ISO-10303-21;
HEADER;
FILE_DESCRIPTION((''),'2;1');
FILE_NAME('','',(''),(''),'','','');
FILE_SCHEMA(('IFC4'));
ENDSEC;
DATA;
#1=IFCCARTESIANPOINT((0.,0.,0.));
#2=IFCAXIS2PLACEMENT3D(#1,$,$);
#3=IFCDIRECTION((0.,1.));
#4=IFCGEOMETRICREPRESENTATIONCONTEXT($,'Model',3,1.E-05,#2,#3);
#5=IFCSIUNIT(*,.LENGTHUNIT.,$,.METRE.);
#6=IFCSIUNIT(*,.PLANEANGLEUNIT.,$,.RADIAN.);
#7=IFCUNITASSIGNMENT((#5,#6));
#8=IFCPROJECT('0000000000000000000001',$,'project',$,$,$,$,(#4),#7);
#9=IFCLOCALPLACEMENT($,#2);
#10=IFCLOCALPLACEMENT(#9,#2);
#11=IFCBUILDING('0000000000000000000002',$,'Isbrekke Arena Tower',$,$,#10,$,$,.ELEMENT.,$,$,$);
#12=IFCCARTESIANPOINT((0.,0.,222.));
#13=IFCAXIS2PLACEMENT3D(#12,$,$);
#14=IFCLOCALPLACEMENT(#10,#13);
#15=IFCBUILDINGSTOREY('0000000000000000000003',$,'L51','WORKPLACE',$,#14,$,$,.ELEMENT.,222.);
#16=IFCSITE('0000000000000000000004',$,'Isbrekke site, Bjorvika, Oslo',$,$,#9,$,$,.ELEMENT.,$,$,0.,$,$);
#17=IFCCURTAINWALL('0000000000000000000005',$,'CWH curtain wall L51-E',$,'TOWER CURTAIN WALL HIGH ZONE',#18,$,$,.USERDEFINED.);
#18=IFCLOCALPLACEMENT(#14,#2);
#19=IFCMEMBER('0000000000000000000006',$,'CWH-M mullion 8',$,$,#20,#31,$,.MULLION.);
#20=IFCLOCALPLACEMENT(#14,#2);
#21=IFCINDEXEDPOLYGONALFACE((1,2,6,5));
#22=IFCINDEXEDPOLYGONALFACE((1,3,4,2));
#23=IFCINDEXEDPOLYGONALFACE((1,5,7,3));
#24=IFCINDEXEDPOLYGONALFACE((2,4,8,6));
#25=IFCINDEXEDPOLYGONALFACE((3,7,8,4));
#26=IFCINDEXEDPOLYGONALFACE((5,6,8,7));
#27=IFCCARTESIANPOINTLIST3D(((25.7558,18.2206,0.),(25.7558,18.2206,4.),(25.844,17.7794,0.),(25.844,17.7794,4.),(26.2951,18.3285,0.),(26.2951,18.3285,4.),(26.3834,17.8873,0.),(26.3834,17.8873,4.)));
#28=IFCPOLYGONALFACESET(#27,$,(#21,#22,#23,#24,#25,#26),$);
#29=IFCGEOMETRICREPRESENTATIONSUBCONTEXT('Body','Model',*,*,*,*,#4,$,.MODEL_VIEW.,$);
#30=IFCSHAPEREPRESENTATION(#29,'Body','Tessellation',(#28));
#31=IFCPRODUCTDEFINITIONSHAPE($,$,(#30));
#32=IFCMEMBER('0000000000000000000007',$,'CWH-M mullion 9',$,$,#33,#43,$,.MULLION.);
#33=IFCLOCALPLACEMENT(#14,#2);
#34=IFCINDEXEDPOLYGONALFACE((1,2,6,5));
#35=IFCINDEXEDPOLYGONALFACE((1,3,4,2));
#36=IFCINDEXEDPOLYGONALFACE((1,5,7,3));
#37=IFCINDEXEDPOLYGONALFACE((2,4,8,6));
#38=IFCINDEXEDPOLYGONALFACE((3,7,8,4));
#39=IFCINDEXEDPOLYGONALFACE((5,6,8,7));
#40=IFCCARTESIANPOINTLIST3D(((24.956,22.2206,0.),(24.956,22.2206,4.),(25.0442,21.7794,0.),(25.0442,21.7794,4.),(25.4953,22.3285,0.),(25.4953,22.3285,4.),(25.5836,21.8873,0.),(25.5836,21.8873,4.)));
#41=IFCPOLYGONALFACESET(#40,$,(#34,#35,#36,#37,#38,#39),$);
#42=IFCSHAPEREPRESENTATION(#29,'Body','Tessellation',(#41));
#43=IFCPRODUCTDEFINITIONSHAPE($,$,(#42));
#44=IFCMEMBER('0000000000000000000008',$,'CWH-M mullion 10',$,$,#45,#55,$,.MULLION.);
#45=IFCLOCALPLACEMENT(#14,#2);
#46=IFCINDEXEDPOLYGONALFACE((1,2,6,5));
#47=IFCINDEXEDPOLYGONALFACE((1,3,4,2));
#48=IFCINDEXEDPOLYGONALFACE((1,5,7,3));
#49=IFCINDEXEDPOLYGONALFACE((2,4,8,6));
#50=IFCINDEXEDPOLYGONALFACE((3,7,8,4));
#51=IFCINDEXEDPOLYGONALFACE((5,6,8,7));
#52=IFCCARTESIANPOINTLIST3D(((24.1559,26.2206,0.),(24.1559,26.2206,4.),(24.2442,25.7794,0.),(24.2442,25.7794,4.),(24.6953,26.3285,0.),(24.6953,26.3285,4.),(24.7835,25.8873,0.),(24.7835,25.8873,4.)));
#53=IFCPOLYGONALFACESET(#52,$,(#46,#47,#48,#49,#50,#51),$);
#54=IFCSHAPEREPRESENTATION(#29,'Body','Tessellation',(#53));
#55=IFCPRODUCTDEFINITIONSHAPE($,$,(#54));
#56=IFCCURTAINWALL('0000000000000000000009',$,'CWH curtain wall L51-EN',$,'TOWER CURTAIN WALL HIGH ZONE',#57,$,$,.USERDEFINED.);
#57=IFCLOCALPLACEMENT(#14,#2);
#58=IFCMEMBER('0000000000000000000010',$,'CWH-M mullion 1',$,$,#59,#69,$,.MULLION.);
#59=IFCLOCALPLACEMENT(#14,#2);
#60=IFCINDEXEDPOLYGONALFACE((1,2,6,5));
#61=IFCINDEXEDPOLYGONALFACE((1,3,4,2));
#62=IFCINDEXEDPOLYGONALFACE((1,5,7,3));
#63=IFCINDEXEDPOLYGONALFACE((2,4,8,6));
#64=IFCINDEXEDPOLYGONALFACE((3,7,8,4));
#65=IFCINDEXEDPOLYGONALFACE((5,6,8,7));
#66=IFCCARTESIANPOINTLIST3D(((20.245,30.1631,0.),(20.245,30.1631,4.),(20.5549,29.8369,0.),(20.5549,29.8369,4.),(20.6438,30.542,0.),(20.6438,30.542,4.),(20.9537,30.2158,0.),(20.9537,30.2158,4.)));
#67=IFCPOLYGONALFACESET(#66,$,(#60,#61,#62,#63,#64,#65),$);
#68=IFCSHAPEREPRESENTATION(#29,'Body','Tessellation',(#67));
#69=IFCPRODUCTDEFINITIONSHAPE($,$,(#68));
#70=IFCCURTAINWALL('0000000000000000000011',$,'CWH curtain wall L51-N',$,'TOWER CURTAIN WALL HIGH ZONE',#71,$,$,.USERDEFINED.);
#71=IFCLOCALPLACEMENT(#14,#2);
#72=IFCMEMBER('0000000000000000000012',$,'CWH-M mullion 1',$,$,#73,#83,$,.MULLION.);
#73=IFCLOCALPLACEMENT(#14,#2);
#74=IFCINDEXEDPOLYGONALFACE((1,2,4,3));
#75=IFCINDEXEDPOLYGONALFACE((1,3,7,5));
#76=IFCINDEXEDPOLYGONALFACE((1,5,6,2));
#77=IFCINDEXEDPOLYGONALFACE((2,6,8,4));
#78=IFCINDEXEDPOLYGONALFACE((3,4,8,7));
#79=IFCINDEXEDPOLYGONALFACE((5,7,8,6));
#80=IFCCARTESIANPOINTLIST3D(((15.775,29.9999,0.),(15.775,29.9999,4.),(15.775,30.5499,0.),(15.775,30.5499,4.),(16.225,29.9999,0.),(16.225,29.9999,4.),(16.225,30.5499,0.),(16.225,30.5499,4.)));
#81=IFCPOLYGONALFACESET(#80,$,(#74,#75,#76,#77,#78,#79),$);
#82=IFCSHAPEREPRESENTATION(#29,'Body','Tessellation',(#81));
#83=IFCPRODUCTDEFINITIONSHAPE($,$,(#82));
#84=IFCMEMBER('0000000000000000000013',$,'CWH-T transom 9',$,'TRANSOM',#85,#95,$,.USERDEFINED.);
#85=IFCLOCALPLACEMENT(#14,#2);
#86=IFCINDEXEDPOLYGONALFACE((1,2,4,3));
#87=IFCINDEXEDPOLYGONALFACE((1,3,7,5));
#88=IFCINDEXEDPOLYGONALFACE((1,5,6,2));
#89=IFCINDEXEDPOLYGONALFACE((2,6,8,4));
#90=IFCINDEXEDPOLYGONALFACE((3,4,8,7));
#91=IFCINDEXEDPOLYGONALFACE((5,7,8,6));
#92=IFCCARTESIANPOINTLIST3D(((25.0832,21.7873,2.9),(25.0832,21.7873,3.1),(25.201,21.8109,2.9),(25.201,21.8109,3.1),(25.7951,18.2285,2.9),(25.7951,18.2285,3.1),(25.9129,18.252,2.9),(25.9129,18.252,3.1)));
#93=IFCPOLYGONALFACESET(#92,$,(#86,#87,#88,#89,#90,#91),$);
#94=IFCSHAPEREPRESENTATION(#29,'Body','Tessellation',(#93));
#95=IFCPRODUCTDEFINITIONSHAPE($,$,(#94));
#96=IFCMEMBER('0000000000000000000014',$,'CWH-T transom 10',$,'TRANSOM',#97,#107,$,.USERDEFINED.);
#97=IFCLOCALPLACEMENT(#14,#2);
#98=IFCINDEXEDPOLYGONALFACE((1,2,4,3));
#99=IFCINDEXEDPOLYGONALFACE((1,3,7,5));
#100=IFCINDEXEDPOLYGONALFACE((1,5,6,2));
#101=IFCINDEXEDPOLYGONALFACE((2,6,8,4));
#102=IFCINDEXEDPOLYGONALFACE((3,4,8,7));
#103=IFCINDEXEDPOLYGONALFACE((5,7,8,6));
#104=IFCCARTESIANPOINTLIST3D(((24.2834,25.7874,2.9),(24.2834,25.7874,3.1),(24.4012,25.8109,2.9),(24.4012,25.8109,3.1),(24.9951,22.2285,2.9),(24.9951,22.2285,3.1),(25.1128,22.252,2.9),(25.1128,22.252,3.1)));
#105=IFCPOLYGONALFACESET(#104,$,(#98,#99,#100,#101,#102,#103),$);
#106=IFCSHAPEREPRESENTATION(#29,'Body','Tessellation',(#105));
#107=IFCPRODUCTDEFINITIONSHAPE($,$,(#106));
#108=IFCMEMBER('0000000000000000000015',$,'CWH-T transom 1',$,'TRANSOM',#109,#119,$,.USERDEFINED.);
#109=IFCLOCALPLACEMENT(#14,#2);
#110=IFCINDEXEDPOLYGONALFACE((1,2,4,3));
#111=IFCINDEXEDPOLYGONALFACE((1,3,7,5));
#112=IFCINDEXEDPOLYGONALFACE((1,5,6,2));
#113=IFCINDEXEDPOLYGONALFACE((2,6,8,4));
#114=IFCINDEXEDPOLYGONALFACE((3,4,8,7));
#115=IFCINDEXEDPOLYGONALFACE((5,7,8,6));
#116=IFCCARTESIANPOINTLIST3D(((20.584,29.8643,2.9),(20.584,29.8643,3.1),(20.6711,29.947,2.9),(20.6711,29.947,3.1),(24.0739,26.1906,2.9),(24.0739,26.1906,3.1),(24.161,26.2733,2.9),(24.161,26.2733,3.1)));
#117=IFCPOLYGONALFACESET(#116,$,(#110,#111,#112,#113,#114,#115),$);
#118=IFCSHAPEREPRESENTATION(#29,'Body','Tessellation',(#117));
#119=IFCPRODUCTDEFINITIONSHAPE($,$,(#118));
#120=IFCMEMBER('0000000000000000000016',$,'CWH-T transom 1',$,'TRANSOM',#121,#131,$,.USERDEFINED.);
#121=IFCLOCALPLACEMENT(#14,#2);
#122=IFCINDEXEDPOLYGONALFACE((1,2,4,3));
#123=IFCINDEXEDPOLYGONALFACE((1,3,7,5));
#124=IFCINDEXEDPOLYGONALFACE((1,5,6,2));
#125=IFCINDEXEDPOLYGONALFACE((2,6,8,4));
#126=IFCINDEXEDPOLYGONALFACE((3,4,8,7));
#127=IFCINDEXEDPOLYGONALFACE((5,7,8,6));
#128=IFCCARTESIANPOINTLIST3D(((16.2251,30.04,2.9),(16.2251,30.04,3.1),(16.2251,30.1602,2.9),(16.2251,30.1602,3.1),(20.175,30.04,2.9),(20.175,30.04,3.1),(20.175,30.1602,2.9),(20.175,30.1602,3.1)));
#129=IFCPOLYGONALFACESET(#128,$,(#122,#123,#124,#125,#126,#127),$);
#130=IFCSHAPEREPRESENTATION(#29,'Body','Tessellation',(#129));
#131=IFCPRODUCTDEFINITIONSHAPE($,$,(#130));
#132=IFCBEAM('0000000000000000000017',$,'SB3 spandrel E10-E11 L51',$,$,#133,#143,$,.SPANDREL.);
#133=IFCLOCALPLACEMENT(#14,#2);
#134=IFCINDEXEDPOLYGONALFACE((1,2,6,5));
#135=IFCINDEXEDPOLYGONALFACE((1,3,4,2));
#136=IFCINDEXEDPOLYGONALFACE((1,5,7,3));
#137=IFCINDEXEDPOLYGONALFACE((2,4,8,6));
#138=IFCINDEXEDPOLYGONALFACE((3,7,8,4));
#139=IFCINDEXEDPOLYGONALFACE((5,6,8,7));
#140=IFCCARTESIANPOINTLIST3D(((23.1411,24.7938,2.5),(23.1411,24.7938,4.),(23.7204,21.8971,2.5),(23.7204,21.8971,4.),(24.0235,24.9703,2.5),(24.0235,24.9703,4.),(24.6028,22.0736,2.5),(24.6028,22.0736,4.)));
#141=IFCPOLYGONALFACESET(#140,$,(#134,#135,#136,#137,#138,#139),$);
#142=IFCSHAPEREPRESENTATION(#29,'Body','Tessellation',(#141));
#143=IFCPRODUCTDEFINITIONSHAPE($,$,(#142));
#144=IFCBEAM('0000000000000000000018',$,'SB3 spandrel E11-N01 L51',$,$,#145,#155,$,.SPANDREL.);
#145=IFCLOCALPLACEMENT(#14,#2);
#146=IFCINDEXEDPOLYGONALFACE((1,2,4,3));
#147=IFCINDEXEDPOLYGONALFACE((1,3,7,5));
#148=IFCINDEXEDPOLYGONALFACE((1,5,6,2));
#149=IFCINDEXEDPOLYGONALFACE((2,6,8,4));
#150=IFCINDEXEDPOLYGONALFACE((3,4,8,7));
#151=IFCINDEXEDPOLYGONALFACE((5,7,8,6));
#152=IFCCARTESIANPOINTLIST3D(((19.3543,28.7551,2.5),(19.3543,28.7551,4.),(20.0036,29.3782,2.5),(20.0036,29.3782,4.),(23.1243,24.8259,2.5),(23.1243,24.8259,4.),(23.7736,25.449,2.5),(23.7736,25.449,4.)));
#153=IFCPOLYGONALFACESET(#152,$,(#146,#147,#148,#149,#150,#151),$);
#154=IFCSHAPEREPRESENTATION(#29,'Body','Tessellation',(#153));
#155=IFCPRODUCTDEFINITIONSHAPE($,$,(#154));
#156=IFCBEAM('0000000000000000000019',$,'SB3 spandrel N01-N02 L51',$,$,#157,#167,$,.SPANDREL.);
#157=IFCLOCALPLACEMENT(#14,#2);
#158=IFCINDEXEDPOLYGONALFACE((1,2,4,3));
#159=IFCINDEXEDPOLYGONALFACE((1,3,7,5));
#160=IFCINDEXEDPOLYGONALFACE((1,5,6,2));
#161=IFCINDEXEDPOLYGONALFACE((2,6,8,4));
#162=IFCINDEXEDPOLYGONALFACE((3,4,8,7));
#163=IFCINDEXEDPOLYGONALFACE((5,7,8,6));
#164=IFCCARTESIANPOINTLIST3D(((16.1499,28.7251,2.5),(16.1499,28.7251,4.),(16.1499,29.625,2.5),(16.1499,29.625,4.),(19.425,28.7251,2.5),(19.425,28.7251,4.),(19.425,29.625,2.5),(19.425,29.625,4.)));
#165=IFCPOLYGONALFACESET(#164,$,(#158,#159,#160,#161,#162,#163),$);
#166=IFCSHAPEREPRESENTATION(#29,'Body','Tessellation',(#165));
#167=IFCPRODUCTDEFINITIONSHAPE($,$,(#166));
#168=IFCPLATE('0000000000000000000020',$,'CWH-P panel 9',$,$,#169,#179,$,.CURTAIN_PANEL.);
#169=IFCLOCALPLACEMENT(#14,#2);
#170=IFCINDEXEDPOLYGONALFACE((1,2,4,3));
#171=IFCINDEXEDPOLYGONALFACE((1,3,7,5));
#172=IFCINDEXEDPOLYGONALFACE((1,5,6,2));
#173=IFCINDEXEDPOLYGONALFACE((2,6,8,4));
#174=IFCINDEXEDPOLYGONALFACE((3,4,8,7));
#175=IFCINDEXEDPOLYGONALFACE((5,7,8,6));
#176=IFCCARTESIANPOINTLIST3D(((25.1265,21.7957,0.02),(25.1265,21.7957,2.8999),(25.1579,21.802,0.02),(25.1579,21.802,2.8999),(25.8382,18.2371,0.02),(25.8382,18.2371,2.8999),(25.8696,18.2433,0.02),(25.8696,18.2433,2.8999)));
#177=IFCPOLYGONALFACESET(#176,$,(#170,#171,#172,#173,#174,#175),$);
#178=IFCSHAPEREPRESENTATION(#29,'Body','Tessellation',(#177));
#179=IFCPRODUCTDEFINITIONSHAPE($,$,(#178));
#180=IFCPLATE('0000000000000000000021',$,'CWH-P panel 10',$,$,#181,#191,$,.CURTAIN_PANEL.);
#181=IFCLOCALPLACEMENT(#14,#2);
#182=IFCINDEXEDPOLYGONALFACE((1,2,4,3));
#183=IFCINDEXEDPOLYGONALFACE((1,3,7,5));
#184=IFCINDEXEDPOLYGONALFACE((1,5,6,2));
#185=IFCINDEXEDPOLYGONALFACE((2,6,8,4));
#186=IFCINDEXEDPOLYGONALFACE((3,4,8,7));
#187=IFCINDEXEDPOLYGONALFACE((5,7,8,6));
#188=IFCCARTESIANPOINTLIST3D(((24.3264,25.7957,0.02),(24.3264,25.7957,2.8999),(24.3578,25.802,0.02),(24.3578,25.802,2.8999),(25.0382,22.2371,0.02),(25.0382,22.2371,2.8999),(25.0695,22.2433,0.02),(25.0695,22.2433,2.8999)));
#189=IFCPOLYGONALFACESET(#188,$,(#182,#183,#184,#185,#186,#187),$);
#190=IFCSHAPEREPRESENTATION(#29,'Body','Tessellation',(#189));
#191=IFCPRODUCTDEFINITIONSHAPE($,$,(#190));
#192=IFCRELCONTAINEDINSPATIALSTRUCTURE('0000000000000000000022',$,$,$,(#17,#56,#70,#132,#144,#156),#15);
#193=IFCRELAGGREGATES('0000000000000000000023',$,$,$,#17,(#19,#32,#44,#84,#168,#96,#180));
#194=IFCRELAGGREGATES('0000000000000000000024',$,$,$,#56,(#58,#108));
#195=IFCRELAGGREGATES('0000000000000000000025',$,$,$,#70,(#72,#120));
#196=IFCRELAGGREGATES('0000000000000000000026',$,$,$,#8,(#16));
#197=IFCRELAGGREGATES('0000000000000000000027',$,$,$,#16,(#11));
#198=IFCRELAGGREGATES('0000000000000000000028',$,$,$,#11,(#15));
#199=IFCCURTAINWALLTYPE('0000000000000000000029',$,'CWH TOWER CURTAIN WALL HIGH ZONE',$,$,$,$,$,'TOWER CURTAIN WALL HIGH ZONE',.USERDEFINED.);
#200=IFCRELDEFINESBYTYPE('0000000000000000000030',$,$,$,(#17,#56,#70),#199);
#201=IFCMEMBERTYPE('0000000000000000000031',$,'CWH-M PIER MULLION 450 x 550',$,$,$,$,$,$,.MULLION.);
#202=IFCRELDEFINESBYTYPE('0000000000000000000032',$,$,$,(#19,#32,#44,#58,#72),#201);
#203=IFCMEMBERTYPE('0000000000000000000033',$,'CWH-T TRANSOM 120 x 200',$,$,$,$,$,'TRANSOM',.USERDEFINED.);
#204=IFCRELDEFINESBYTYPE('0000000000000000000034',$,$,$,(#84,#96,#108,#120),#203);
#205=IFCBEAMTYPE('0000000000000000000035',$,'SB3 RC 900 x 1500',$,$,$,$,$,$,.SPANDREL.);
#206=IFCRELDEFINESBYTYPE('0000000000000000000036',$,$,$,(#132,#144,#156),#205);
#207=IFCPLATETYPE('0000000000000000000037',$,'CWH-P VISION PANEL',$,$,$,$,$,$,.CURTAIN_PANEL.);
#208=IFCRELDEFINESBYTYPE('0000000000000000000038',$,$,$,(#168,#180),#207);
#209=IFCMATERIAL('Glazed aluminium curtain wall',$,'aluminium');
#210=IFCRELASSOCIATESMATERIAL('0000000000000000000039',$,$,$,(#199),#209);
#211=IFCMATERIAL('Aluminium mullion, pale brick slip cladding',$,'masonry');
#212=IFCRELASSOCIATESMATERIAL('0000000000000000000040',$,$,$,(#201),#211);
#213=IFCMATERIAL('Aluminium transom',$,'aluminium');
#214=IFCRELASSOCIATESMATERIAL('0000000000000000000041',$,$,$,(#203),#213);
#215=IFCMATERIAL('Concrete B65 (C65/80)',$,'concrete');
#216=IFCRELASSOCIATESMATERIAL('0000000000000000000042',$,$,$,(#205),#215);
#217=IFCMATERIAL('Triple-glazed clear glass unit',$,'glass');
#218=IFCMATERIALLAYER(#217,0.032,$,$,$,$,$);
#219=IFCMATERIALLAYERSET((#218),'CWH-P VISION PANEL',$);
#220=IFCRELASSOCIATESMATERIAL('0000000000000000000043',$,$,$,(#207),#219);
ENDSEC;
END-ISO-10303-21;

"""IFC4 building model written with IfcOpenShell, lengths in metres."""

from ifc_helpers import new_model, si_unit, direction, frame, origin, origin_2d, place, context, subcontext, project, spatial, rectangle, extrude, material, layer, layer_set, material_profile, profile_set, type_object, element, aggregate, save


model = new_model("IFC4")

# Units and contexts
model_context = context("Model", 3, precision=1e-05, world=origin(), true_north=direction((0.0, 1.0)))
body_context = subcontext(model_context, "Body", "Model", "MODEL_VIEW")
ifc_project = project(units=[si_unit("LENGTHUNIT", "METRE"), si_unit("PLANEANGLEUNIT", "RADIAN")], contexts=[model_context])

# Site, building, storey
site_placement = place(None, origin())
site = spatial("IfcSite", under=ifc_project, at=site_placement, Name="Isbrekke site, Bjorvika, Oslo", CompositionType="ELEMENT", RefElevation=0.0)
building_placement = place(site_placement, origin())
building = spatial("IfcBuilding", under=site, at=building_placement, Name="Isbrekke Arena Tower", CompositionType="ELEMENT")
storey_placement = place(building_placement, frame((0.0, 0.0, 222.0)))
storey = spatial("IfcBuildingStorey", under=building, at=storey_placement, Name="L51", Description="WORKPLACE", CompositionType="ELEMENT", Elevation=222.0)

# Curtain wall, members
ifc_material_1 = material(Name="Glazed aluminium curtain wall", Category="aluminium")
curtain_wall_type = type_object("IfcCurtainWallType", Name="CWH TOWER CURTAIN WALL HIGH ZONE", ElementType="TOWER CURTAIN WALL HIGH ZONE", PredefinedType="USERDEFINED", material=ifc_material_1)
curtain_wall_1_placement = place(storey_placement, origin())
curtain_wall_1 = element("IfcCurtainWall", 1, at=curtain_wall_1_placement, inside=storey, type_object=curtain_wall_type, Name="CWH curtain wall L51-E", ObjectType="TOWER CURTAIN WALL HIGH ZONE", PredefinedType="USERDEFINED")
ifc_material_2 = material(Name="Aluminium mullion, pale brick slip cladding", Category="masonry")
ifc_material_profile_1 = material_profile(ifc_material_2, rectangle(XDim=0.45, YDim=0.55, at=origin_2d()), Name="PIER 450X550")
ifc_profile_set_1 = profile_set([ifc_material_profile_1], Name="Aluminium mullion, pale brick slip cladding")
member_type_1 = type_object("IfcMemberType", Name="CWH-M PIER MULLION 450 x 550", PredefinedType="MULLION", material=ifc_profile_set_1)
member_1_placement = place(storey_placement, frame((26.0696, 18.054, 0.0), z_axis=(0.0, 0.0, 1.0), x_axis=(-0.196116, 0.980581, 0.0)))
member_1 = element("IfcMember", 2, at=member_1_placement, type_object=member_type_1, Name="CWH-M mullion 8", PredefinedType="MULLION", context=body_context, shape_type="SweptSolid", body=[
    extrude(rectangle(XDim=0.45, YDim=0.55, at=origin_2d()), origin(), (0.0, 0.0, 1.0), 4.0),
])
member_2_placement = place(storey_placement, frame((25.2698, 22.054, 0.0), z_axis=(0.0, 0.0, 1.0), x_axis=(-0.196116, 0.980581, 0.0)))
member_2 = element("IfcMember", 3, at=member_2_placement, type_object=member_type_1, Name="CWH-M mullion 9", PredefinedType="MULLION", context=body_context, shape_type="SweptSolid", body=[
    extrude(rectangle(XDim=0.45, YDim=0.55, at=origin_2d()), origin(), (0.0, 0.0, 1.0), 4.0),
])
member_3_placement = place(storey_placement, frame((24.4697, 26.054, 0.0), z_axis=(0.0, 0.0, 1.0), x_axis=(-0.196116, 0.980581, 0.0)))
member_3 = element("IfcMember", 4, at=member_3_placement, type_object=member_type_1, Name="CWH-M mullion 10", PredefinedType="MULLION", context=body_context, shape_type="SweptSolid", body=[
    extrude(rectangle(XDim=0.45, YDim=0.55, at=origin_2d()), origin(), (0.0, 0.0, 1.0), 4.0),
])

# Curtain walls, members
curtain_wall_2_placement = place(storey_placement, origin())
curtain_wall_2 = element("IfcCurtainWall", 5, at=curtain_wall_2_placement, inside=storey, type_object=curtain_wall_type, Name="CWH curtain wall L51-EN", ObjectType="TOWER CURTAIN WALL HIGH ZONE", PredefinedType="USERDEFINED")
member_4_placement = place(storey_placement, frame((20.5994, 30.1895, 0.0), z_axis=(0.0, 0.0, 1.0), x_axis=(-0.688749, 0.724999, 0.0)))
member_4 = element("IfcMember", 6, at=member_4_placement, type_object=member_type_1, Name="CWH-M mullion 1", PredefinedType="MULLION", context=body_context, shape_type="SweptSolid", body=[
    extrude(rectangle(XDim=0.45, YDim=0.55, at=origin_2d()), origin(), (0.0, 0.0, 1.0), 4.0),
])
curtain_wall_3_placement = place(storey_placement, origin())
curtain_wall_3 = element("IfcCurtainWall", 7, at=curtain_wall_3_placement, inside=storey, type_object=curtain_wall_type, Name="CWH curtain wall L51-N", ObjectType="TOWER CURTAIN WALL HIGH ZONE", PredefinedType="USERDEFINED")
member_5_placement = place(storey_placement, frame((16.0, 30.2749, 0.0), z_axis=(0.0, 0.0, 1.0), x_axis=(-1.0, 0.0, 0.0)))
member_5 = element("IfcMember", 8, at=member_5_placement, type_object=member_type_1, Name="CWH-M mullion 1", PredefinedType="MULLION", context=body_context, shape_type="SweptSolid", body=[
    extrude(rectangle(XDim=0.45, YDim=0.55, at=origin_2d()), origin(), (0.0, 0.0, 1.0), 4.0),
])

# Members
ifc_material_3 = material(Name="Aluminium transom", Category="aluminium")
ifc_material_profile_2 = material_profile(ifc_material_3, rectangle(XDim=0.1201, YDim=0.2, at=origin_2d()), Name="TRANSOM 120X200")
ifc_profile_set_2 = profile_set([ifc_material_profile_2], Name="Aluminium transom")
member_type_2 = type_object("IfcMemberType", Name="CWH-T TRANSOM 120 x 200", ElementType="TRANSOM", PredefinedType="USERDEFINED", material=ifc_profile_set_2)
member_6_placement = place(storey_placement, frame((25.854, 18.2402, 3.0), z_axis=(-0.196155, 0.980573, 0.0), x_axis=(-0.980573, -0.196155, 0.0)))
member_6 = element("IfcMember", 9, at=member_6_placement, type_object=member_type_2, Name="CWH-T transom 9", ObjectType="TRANSOM", PredefinedType="USERDEFINED", context=body_context, shape_type="SweptSolid", body=[
    extrude(rectangle(XDim=0.1201, YDim=0.2, at=origin_2d()), origin(), (0.0, 0.0, 1.0), 3.6294),
])
member_7_placement = place(storey_placement, frame((25.054, 22.2402, 3.0), z_axis=(-0.19609, 0.980586, 0.0), x_axis=(-0.980586, -0.19609, 0.0)))
member_7 = element("IfcMember", 10, at=member_7_placement, type_object=member_type_2, Name="CWH-T transom 10", ObjectType="TRANSOM", PredefinedType="USERDEFINED", context=body_context, shape_type="SweptSolid", body=[
    extrude(rectangle(XDim=0.1201, YDim=0.2, at=origin_2d()), origin(), (0.0, 0.0, 1.0), 3.6294),
])
member_8_placement = place(storey_placement, frame((24.1174, 26.2319, 3.0), z_axis=(-0.688734, 0.725014, 0.0), x_axis=(-0.725014, -0.688734, 0.0)))
member_8 = element("IfcMember", 11, at=member_8_placement, type_object=member_type_2, Name="CWH-T transom 1", ObjectType="TRANSOM", PredefinedType="USERDEFINED", context=body_context, shape_type="SweptSolid", body=[
    extrude(rectangle(XDim=0.1201, YDim=0.2, at=origin_2d()), origin(), (0.0, 0.0, 1.0), 5.0671),
])
member_9_placement = place(storey_placement, frame((20.175, 30.1001, 3.0), z_axis=(-1.0, 0.0, 0.0), x_axis=(0.0, -1.0, 0.0)))
member_9 = element("IfcMember", 12, at=member_9_placement, type_object=member_type_2, Name="CWH-T transom 1", ObjectType="TRANSOM", PredefinedType="USERDEFINED", context=body_context, shape_type="SweptSolid", body=[
    extrude(rectangle(XDim=0.1201, YDim=0.2, at=origin_2d()), origin(), (0.0, 0.0, 1.0), 3.95),
])

# Beams
ifc_material_4 = material(Name="Concrete B65 (C65/80)", Category="concrete")
ifc_material_profile_3 = material_profile(ifc_material_4, rectangle(XDim=0.8999, YDim=1.5, at=origin_2d()), Name="RC 900x1500")
ifc_profile_set_3 = profile_set([ifc_material_profile_3], Name="Concrete B65 (C65/80)")
beam_type_1 = type_object("IfcBeamType", Name="SB3 RC 900 x 1500", PredefinedType="SPANDREL", material=ifc_profile_set_3)
beam_1_placement = place(storey_placement, frame((24.1616, 21.9854, 3.25), z_axis=(-0.196116, 0.980581, 0.0), x_axis=(-0.980581, -0.196116, 0.0)))
element("IfcBeam", 13, at=beam_1_placement, inside=storey, type_object=beam_type_1, Name="SB3 spandrel E10-E11 L51", PredefinedType="SPANDREL", context=body_context, shape_type="SweptSolid", body=[
    extrude(rectangle(XDim=0.8999, YDim=1.5, at=origin_2d()), origin(), (0.0, 0.0, 1.0), 2.9541),
])
beam_2_placement = place(storey_placement, frame((23.449, 25.1375, 3.25), z_axis=(-0.69234, 0.721572, 0.0), x_axis=(-0.721572, -0.69234, 0.0)))
element("IfcBeam", 14, at=beam_2_placement, inside=storey, type_object=beam_type_1, Name="SB3 spandrel E11-N01 L51", PredefinedType="SPANDREL", context=body_context, shape_type="SweptSolid", body=[
    extrude(rectangle(XDim=0.8999, YDim=1.5, at=origin_2d()), origin(), (0.0, 0.0, 1.0), 5.4453),
])
beam_3_placement = place(storey_placement, frame((19.425, 29.175, 3.25), z_axis=(-1.0, 0.0, 0.0), x_axis=(0.0, -1.0, 0.0)))
element("IfcBeam", 15, at=beam_3_placement, inside=storey, type_object=beam_type_1, Name="SB3 spandrel N01-N02 L51", PredefinedType="SPANDREL", context=body_context, shape_type="SweptSolid", body=[
    extrude(rectangle(XDim=0.8999, YDim=1.5, at=origin_2d()), origin(), (0.0, 0.0, 1.0), 3.2751),
])

# Plates
ifc_material_5 = material(Name="Triple-glazed clear glass unit", Category="glass")
ifc_layer_1 = layer(ifc_material_5, 0.032)
ifc_layer_set_1 = layer_set([ifc_layer_1], Name="CWH-P VISION PANEL")
plate_type = type_object("IfcPlateType", Name="CWH-P VISION PANEL", PredefinedType="CURTAIN_PANEL", material=ifc_layer_set_1)
plate_1_placement = place(storey_placement, frame((25.498, 20.0195, 0.02), z_axis=(0.0, 0.0, 1.0), x_axis=(-0.196116, 0.980581, 0.0)))
plate_1 = element("IfcPlate", 16, at=plate_1_placement, type_object=plate_type, Name="CWH-P panel 9", PredefinedType="CURTAIN_PANEL", context=body_context, shape_type="SweptSolid", body=[
    extrude(rectangle(XDim=3.6292, YDim=0.032, at=origin_2d()), origin(), (0.0, 0.0, 1.0), 2.8799),
])
plate_2_placement = place(storey_placement, frame((24.698, 24.0195, 0.02), z_axis=(0.0, 0.0, 1.0), x_axis=(-0.196116, 0.980581, 0.0)))
plate_2 = element("IfcPlate", 17, at=plate_2_placement, type_object=plate_type, Name="CWH-P panel 10", PredefinedType="CURTAIN_PANEL", context=body_context, shape_type="SweptSolid", body=[
    extrude(rectangle(XDim=3.6292, YDim=0.032, at=origin_2d()), origin(), (0.0, 0.0, 1.0), 2.8799),
])
aggregate(curtain_wall_1, [member_1, member_2, member_3, member_6, plate_1, member_7, plate_2])
aggregate(curtain_wall_2, [member_4, member_8])
aggregate(curtain_wall_3, [member_5, member_9])

save(model, "model.ifc")
